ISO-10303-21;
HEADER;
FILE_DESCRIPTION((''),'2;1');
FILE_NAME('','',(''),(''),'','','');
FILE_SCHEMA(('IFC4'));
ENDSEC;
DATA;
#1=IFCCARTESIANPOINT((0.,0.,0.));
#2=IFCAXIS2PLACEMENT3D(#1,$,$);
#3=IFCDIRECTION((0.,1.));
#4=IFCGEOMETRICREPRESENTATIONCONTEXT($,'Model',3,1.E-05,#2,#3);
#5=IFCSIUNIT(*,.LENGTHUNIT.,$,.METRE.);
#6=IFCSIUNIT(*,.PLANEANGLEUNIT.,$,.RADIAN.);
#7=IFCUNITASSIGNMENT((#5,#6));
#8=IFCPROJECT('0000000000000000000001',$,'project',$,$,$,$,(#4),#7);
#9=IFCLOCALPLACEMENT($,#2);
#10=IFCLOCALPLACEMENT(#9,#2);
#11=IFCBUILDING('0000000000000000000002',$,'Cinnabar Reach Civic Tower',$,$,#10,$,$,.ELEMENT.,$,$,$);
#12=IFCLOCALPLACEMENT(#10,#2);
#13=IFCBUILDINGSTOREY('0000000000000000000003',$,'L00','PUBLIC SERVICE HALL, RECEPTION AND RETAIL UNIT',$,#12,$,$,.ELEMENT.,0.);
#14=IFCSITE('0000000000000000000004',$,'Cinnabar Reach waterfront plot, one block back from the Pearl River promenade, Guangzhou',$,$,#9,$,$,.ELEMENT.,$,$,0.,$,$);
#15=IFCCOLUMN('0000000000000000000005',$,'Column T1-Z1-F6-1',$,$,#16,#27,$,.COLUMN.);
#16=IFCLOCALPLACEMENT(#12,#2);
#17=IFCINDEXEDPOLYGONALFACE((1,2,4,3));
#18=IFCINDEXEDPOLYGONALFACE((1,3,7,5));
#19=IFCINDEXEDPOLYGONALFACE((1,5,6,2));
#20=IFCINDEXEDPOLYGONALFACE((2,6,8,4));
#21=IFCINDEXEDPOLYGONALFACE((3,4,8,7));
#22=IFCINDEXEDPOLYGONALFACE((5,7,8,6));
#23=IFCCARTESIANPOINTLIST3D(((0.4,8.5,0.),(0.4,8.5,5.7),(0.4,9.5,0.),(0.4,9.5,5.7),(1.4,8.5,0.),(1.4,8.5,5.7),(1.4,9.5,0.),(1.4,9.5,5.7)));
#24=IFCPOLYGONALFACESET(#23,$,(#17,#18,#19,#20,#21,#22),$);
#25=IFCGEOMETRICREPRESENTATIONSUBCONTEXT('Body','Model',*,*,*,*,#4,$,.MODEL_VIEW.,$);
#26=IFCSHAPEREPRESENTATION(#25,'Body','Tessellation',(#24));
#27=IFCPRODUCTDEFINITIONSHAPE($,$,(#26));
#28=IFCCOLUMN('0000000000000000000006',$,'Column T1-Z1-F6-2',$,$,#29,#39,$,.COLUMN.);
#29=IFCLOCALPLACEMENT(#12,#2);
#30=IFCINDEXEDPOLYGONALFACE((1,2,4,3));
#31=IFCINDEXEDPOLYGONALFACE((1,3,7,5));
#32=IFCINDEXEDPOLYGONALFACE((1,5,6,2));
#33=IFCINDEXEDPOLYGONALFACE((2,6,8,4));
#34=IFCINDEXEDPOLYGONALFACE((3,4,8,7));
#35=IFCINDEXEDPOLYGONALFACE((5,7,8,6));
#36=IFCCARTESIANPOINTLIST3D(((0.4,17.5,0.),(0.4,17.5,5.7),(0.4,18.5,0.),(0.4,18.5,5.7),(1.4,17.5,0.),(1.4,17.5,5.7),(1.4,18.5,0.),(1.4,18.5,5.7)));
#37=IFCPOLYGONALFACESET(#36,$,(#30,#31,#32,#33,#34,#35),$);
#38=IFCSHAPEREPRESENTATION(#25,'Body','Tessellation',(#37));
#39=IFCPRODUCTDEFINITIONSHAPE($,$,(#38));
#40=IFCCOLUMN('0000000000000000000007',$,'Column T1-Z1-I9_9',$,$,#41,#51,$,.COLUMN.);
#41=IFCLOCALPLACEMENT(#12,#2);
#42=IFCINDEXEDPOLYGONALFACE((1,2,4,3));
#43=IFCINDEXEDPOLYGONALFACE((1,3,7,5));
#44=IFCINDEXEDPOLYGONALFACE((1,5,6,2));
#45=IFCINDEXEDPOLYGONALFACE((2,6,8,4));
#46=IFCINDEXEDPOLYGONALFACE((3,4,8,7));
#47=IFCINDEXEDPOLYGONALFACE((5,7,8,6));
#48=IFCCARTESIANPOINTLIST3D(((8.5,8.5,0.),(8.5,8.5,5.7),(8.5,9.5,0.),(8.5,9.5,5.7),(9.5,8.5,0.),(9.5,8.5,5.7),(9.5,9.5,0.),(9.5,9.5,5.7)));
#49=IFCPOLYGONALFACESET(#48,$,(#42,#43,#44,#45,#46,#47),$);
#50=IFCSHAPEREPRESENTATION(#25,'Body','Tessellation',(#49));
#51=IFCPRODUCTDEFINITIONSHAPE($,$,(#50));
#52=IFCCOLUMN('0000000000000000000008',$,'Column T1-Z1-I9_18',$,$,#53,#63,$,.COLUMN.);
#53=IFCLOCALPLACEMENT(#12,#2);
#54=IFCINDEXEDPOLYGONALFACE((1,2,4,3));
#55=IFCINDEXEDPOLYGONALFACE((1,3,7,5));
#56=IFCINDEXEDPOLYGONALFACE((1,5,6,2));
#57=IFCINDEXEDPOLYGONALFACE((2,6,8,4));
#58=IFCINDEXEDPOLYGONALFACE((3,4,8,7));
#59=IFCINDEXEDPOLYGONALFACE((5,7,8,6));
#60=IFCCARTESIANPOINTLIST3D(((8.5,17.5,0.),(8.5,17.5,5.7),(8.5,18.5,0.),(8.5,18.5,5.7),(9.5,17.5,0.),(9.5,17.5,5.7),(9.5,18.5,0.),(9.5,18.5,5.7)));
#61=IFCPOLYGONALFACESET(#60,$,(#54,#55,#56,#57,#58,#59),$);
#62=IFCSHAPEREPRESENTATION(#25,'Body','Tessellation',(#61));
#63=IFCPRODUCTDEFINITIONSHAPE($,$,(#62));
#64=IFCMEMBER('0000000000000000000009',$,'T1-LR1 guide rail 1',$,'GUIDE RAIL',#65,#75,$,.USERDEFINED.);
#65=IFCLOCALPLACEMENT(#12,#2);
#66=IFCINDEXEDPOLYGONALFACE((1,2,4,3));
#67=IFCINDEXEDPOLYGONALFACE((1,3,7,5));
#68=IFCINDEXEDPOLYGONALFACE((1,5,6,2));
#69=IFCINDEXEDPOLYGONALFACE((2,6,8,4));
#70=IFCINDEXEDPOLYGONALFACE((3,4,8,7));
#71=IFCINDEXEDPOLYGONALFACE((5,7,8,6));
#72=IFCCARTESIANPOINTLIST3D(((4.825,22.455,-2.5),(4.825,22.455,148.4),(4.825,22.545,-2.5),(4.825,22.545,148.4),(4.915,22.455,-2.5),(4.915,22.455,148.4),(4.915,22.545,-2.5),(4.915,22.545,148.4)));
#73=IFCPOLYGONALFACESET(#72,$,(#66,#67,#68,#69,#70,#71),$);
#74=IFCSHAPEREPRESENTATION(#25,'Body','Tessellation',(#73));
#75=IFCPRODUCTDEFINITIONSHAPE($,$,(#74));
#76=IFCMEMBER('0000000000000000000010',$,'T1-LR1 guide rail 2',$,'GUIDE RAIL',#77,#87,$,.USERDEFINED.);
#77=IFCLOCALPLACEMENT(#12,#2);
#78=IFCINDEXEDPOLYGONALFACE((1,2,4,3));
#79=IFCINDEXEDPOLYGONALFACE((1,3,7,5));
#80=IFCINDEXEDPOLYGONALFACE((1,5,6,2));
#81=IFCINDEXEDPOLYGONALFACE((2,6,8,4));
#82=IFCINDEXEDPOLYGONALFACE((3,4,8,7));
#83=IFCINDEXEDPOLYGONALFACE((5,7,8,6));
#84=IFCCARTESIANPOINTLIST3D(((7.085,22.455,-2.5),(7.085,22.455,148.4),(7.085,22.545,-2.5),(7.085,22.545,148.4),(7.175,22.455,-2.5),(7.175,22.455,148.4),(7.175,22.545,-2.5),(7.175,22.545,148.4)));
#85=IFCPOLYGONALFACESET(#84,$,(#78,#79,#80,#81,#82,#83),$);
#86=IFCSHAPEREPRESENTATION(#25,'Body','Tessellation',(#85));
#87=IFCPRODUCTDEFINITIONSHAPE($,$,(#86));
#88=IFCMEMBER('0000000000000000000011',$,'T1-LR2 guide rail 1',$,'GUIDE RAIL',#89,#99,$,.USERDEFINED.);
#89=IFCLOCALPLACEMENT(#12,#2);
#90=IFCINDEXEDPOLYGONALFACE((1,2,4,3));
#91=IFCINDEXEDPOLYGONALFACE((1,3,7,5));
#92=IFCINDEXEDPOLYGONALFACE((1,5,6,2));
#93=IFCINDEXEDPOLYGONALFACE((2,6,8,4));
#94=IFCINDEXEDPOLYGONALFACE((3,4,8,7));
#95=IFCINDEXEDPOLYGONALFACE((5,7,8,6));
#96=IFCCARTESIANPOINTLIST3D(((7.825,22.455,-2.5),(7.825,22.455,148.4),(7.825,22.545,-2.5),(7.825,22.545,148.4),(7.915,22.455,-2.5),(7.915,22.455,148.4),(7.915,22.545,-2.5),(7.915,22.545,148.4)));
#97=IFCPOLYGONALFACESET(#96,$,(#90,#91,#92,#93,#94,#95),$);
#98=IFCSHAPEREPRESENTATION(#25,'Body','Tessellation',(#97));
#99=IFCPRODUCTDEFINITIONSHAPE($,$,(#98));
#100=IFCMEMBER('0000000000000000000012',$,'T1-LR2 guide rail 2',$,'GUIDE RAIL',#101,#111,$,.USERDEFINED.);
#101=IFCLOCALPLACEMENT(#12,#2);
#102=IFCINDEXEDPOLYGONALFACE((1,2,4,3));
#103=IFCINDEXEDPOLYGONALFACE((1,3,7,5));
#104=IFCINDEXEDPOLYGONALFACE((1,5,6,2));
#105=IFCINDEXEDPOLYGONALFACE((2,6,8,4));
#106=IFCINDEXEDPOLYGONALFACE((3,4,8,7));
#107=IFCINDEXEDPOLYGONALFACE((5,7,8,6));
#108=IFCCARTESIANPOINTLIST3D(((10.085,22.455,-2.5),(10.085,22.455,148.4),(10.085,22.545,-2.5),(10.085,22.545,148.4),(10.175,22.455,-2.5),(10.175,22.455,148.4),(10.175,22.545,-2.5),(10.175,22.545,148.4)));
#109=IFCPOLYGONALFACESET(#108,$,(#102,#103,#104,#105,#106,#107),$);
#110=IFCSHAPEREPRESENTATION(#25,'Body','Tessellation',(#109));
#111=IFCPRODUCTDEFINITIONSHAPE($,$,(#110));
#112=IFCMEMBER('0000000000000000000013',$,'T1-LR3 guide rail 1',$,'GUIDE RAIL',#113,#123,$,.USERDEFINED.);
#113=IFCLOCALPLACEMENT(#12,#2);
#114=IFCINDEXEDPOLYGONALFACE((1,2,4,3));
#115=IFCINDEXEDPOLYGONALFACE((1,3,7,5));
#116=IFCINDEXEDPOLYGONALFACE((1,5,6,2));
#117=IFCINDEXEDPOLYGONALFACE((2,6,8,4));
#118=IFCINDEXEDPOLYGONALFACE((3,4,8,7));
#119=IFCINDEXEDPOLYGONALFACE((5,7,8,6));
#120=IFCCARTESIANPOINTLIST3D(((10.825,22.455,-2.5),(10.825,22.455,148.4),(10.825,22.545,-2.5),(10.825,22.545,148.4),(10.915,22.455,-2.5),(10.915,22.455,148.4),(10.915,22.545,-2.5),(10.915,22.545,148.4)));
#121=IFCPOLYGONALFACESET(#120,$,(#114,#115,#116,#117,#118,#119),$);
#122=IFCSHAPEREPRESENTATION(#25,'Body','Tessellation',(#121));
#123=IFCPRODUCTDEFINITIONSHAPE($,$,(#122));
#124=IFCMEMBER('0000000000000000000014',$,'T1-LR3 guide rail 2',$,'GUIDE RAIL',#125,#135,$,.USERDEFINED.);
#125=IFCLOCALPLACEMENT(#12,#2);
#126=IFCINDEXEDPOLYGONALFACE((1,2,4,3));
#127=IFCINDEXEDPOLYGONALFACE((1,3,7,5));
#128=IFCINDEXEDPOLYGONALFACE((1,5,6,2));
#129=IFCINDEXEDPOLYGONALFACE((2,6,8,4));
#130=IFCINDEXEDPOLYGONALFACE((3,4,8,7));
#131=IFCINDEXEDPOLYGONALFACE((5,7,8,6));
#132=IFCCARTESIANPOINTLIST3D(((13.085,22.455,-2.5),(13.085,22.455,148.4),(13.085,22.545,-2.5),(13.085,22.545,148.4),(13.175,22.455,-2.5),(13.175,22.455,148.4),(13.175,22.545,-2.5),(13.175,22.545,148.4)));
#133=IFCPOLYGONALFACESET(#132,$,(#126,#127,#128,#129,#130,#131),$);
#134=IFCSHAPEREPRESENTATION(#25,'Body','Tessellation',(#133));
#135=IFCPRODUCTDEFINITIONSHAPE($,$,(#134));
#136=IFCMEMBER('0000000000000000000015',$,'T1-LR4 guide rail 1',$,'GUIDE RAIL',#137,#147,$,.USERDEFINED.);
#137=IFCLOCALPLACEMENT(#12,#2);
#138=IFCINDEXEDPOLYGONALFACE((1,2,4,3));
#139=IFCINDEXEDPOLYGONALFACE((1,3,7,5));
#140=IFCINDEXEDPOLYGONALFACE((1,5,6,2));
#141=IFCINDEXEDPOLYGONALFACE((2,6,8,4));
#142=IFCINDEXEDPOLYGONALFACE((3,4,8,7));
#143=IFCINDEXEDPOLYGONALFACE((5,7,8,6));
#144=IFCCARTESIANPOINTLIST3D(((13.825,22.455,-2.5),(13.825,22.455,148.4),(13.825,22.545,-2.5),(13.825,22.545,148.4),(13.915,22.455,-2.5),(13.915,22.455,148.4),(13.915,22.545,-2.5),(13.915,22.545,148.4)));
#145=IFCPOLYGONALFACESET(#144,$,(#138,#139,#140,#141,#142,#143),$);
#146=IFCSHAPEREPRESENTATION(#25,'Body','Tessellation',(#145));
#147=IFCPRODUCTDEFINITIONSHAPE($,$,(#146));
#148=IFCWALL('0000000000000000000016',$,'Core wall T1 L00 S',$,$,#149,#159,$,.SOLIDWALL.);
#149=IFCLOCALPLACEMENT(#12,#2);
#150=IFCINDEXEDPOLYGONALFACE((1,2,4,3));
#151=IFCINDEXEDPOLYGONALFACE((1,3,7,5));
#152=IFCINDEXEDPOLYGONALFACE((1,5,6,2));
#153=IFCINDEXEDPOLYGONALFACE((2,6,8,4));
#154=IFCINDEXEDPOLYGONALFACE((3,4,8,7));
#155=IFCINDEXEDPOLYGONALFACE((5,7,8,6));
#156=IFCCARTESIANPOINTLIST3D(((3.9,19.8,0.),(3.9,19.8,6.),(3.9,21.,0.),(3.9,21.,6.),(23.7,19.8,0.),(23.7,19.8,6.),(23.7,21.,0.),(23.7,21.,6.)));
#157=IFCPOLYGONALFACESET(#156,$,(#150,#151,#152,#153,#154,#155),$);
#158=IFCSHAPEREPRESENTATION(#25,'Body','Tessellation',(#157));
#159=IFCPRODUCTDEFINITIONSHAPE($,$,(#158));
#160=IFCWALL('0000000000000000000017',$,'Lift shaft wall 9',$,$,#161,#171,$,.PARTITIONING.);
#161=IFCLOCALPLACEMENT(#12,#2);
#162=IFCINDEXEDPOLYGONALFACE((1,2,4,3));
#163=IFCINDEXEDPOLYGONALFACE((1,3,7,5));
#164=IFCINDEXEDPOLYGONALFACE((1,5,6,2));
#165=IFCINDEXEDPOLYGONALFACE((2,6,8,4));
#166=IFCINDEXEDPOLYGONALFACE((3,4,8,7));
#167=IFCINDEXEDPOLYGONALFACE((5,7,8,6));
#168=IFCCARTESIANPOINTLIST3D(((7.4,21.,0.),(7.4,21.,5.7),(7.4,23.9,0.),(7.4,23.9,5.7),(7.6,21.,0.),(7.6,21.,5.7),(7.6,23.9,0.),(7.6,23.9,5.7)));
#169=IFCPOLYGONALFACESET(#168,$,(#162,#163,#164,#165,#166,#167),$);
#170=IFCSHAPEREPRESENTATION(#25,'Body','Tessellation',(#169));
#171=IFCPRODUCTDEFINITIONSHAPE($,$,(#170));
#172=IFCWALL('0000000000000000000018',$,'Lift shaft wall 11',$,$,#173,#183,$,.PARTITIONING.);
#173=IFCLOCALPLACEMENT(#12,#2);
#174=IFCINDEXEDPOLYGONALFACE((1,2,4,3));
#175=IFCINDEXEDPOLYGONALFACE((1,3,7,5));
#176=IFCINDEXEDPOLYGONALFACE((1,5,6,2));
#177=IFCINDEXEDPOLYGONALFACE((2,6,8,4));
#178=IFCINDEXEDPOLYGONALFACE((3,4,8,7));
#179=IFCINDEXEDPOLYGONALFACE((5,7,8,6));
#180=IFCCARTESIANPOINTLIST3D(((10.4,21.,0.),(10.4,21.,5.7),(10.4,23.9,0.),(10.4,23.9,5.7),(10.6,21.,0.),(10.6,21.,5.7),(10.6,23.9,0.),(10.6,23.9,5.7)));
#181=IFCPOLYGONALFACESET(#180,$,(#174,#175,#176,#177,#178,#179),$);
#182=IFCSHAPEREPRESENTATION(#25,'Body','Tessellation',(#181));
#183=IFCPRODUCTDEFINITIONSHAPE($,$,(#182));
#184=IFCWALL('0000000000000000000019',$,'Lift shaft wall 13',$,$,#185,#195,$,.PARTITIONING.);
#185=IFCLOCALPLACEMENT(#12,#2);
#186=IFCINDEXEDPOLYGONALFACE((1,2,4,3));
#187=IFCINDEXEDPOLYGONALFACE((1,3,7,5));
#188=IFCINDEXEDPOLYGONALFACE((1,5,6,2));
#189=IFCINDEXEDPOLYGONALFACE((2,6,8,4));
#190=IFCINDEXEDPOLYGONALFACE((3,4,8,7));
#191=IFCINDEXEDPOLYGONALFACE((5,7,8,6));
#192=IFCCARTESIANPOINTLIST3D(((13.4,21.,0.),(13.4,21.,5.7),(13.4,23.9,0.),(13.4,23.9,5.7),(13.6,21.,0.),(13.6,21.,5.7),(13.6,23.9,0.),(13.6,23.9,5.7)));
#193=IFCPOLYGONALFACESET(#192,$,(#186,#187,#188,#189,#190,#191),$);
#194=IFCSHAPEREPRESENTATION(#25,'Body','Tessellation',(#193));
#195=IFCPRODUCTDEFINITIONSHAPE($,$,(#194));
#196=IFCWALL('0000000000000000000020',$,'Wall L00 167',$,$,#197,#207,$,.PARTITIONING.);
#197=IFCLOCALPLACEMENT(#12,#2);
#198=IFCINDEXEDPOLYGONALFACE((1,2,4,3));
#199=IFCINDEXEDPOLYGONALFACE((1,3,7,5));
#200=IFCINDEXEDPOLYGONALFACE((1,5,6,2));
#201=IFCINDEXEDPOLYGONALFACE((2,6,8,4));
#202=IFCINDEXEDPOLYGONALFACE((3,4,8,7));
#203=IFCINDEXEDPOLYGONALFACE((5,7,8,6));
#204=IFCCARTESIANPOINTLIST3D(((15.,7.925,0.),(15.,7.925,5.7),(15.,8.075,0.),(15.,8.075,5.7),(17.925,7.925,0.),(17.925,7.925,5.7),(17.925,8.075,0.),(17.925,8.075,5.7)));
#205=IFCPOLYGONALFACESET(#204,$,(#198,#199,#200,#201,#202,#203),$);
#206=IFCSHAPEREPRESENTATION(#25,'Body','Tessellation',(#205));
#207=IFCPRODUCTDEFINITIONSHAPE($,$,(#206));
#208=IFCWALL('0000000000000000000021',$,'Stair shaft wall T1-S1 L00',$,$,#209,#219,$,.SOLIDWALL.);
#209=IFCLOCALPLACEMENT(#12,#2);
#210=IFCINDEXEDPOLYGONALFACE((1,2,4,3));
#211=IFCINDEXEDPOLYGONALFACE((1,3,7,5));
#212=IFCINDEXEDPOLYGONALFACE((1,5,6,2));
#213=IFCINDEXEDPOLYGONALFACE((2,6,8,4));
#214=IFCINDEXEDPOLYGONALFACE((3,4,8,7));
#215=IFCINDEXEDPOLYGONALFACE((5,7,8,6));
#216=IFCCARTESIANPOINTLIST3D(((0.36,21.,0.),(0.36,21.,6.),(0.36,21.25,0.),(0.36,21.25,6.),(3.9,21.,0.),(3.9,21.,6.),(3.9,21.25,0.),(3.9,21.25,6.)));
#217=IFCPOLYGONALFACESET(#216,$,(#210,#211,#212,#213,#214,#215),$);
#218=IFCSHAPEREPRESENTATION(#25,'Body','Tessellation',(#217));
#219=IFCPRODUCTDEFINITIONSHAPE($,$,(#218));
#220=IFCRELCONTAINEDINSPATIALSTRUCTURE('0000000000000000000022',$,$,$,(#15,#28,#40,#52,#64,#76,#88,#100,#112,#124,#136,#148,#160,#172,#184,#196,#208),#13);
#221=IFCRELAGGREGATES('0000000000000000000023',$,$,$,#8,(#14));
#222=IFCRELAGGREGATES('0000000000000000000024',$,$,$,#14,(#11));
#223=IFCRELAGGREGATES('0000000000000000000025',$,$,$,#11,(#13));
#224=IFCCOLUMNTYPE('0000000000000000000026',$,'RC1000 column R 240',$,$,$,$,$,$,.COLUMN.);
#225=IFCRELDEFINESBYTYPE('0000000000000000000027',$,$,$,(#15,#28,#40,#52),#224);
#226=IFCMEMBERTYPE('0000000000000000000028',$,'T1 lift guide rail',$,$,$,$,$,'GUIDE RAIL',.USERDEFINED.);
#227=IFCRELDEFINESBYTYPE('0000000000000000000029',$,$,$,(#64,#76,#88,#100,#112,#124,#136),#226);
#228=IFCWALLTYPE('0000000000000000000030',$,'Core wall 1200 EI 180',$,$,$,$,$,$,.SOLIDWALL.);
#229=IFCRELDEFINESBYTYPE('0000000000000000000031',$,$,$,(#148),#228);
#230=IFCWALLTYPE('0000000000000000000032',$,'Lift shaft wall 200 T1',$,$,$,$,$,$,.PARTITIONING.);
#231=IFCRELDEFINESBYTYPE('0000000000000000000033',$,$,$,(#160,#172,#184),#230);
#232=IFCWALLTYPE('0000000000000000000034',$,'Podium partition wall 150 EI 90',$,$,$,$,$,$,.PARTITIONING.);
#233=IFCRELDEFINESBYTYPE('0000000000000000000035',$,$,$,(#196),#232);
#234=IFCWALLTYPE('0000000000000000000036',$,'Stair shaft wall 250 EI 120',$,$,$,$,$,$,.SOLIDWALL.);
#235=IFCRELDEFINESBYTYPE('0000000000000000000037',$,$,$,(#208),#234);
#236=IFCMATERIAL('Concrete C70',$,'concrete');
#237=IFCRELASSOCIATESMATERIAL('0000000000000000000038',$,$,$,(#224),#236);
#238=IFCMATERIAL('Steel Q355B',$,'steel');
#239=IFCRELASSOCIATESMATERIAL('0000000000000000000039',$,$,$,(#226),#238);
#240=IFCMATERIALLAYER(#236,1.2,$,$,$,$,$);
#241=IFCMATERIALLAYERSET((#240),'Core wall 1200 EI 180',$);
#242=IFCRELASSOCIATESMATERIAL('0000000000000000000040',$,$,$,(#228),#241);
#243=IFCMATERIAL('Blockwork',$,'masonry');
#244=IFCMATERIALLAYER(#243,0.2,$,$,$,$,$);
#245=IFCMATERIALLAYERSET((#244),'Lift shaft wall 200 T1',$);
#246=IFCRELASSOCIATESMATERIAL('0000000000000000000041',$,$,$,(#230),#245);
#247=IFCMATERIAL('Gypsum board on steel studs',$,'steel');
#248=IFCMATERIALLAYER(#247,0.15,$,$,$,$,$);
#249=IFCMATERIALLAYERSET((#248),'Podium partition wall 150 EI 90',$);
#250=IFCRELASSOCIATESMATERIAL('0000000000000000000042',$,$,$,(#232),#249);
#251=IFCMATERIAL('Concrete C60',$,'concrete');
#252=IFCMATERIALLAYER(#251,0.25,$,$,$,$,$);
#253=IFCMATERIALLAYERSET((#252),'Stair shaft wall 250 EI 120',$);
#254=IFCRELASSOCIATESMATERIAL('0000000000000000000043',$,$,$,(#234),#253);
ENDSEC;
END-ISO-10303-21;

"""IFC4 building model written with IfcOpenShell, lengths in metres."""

from ifc_helpers import new_model, si_unit, direction, frame, frame_2d, origin, origin_2d, place, context, subcontext, project, spatial, rectangle, extrude, material, layer, layer_set, material_profile, profile_set, type_object, element, save


model = new_model("IFC4")

# Units and contexts
model_context = context("Model", 3, precision=1e-05, world=origin(), true_north=direction((0.0, 1.0)))
body_context = subcontext(model_context, "Body", "Model", "MODEL_VIEW")
ifc_project = project(units=[si_unit("LENGTHUNIT", "METRE"), si_unit("PLANEANGLEUNIT", "RADIAN")], contexts=[model_context])

# Site, building, storey
site_placement = place(None, origin())
site = spatial("IfcSite", under=ifc_project, at=site_placement, Name="Cinnabar Reach waterfront plot, one block back from the Pearl River promenade, Guangzhou", CompositionType="ELEMENT", RefElevation=0.0)
building_placement = place(site_placement, origin())
building = spatial("IfcBuilding", under=site, at=building_placement, Name="Cinnabar Reach Civic Tower", CompositionType="ELEMENT")
storey_placement = place(building_placement, origin())
storey = spatial("IfcBuildingStorey", under=building, at=storey_placement, Name="L00", Description="PUBLIC SERVICE HALL, RECEPTION AND RETAIL UNIT", CompositionType="ELEMENT", Elevation=0.0)

# Columns
ifc_material_1 = material(Name="Concrete C70", Category="concrete")
ifc_material_profile_1 = material_profile(ifc_material_1, rectangle(XDim=1.0, YDim=1.0, at=origin_2d()), Name="RC1000")
ifc_profile_set_1 = profile_set([ifc_material_profile_1], Name="Concrete C70")
column_type = type_object("IfcColumnType", Name="RC1000 column R 240", PredefinedType="COLUMN", material=ifc_profile_set_1)
for number, where, z_axis, x_axis, name in (
    (1, (0.9, 9.0, 0.0), (0.0, 0.0, 1.0), (1.0, 0.0, 0.0), "Column T1-Z1-F6-1"),
    (2, (0.9, 18.0, 0.0), (0.0, 0.0, 1.0), (1.0, 0.0, 0.0), "Column T1-Z1-F6-2"),
    (3, (9.0, 9.0, 0.0), (0.0, 0.0, 1.0), (1.0, 0.0, 0.0), "Column T1-Z1-I9_9"),
    (4, (9.0, 18.0, 0.0), (0.0, 0.0, 1.0), (1.0, 0.0, 0.0), "Column T1-Z1-I9_18"),
):
    element("IfcColumn", number, at=place(storey_placement, frame(where, z_axis=z_axis, x_axis=x_axis)), inside=storey, type_object=column_type, Name=name, PredefinedType="COLUMN", context=body_context, shape_type="SweptSolid", body=[
        extrude(rectangle(XDim=1.0, YDim=1.0, at=origin_2d()), origin(), (0.0, 0.0, 1.0), 5.7),
    ])

# Members
ifc_material_2 = material(Name="Steel Q355B", Category="steel")
ifc_material_profile_2 = material_profile(ifc_material_2, rectangle(XDim=0.09, YDim=0.09, at=origin_2d()), Name="T1 lift guide rail")
ifc_profile_set_2 = profile_set([ifc_material_profile_2], Name="Steel Q355B")
member_type = type_object("IfcMemberType", Name="T1 lift guide rail", ElementType="GUIDE RAIL", PredefinedType="USERDEFINED", material=ifc_profile_set_2)
for number, where, z_axis, x_axis, name in (
    (5, (4.87, 22.5, -2.5), (0.0, 0.0, 1.0), (1.0, 0.0, 0.0), "T1-LR1 guide rail 1"),
    (6, (7.13, 22.5, -2.5), (0.0, 0.0, 1.0), (1.0, 0.0, 0.0), "T1-LR1 guide rail 2"),
    (7, (7.87, 22.5, -2.5), (0.0, 0.0, 1.0), (1.0, 0.0, 0.0), "T1-LR2 guide rail 1"),
    (8, (10.13, 22.5, -2.5), (0.0, 0.0, 1.0), (1.0, 0.0, 0.0), "T1-LR2 guide rail 2"),
    (9, (10.87, 22.5, -2.5), (0.0, 0.0, 1.0), (1.0, 0.0, 0.0), "T1-LR3 guide rail 1"),
    (10, (13.13, 22.5, -2.5), (0.0, 0.0, 1.0), (1.0, 0.0, 0.0), "T1-LR3 guide rail 2"),
    (11, (13.87, 22.5, -2.5), (0.0, 0.0, 1.0), (1.0, 0.0, 0.0), "T1-LR4 guide rail 1"),
):
    element("IfcMember", number, at=place(storey_placement, frame(where, z_axis=z_axis, x_axis=x_axis)), inside=storey, type_object=member_type, Name=name, ObjectType="GUIDE RAIL", PredefinedType="USERDEFINED", context=body_context, shape_type="SweptSolid", body=[
        extrude(rectangle(XDim=0.09, YDim=0.09, at=origin_2d()), origin(), (0.0, 0.0, 1.0), 150.9),
    ])

# Walls
ifc_layer_1 = layer(ifc_material_1, 1.2)
ifc_layer_set_1 = layer_set([ifc_layer_1], Name="Core wall 1200 EI 180")
wall_type_1 = type_object("IfcWallType", Name="Core wall 1200 EI 180", PredefinedType="SOLIDWALL", material=ifc_layer_set_1)
wall_1_placement = place(storey_placement, frame((3.9, 20.4, 0.0), z_axis=(0.0, 0.0, 1.0), x_axis=(1.0, 0.0, 0.0)))
element("IfcWall", 12, at=wall_1_placement, inside=storey, type_object=wall_type_1, Name="Core wall T1 L00 S", PredefinedType="SOLIDWALL", context=body_context, shape_type="SweptSolid", body=[
    extrude(rectangle(XDim=19.8, YDim=1.2, at=frame_2d((9.9, 0.0))), origin(), (0.0, 0.0, 1.0), 6.0),
])
ifc_material_3 = material(Name="Blockwork", Category="masonry")
ifc_layer_2 = layer(ifc_material_3, 0.2)
ifc_layer_set_2 = layer_set([ifc_layer_2], Name="Lift shaft wall 200 T1")
wall_type_2 = type_object("IfcWallType", Name="Lift shaft wall 200 T1", PredefinedType="PARTITIONING", material=ifc_layer_set_2)
for number, where, z_axis, x_axis, name in (
    (13, (7.5, 21.0, 0.0), (0.0, 0.0, 1.0), (0.0, 1.0, 0.0), "Lift shaft wall 9"),
    (14, (10.5, 21.0, 0.0), (0.0, 0.0, 1.0), (0.0, 1.0, 0.0), "Lift shaft wall 11"),
    (15, (13.5, 21.0, 0.0), (0.0, 0.0, 1.0), (0.0, 1.0, 0.0), "Lift shaft wall 13"),
):
    element("IfcWall", number, at=place(storey_placement, frame(where, z_axis=z_axis, x_axis=x_axis)), inside=storey, type_object=wall_type_2, Name=name, PredefinedType="PARTITIONING", context=body_context, shape_type="SweptSolid", body=[
        extrude(rectangle(XDim=2.9, YDim=0.2, at=frame_2d((1.45, 0.0))), origin(), (0.0, 0.0, 1.0), 5.7),
    ])
ifc_material_4 = material(Name="Gypsum board on steel studs", Category="steel")
ifc_layer_3 = layer(ifc_material_4, 0.15)
ifc_layer_set_3 = layer_set([ifc_layer_3], Name="Podium partition wall 150 EI 90")
wall_type_3 = type_object("IfcWallType", Name="Podium partition wall 150 EI 90", PredefinedType="PARTITIONING", material=ifc_layer_set_3)
wall_2_placement = place(storey_placement, frame((15.0, 8.0, 0.0), z_axis=(0.0, 0.0, 1.0), x_axis=(1.0, 0.0, 0.0)))
element("IfcWall", 16, at=wall_2_placement, inside=storey, type_object=wall_type_3, Name="Wall L00 167", PredefinedType="PARTITIONING", context=body_context, shape_type="SweptSolid", body=[
    extrude(rectangle(XDim=2.925, YDim=0.15, at=frame_2d((1.4625, 0.0))), origin(), (0.0, 0.0, 1.0), 5.7),
])
ifc_material_5 = material(Name="Concrete C60", Category="concrete")
ifc_layer_4 = layer(ifc_material_5, 0.25)
ifc_layer_set_4 = layer_set([ifc_layer_4], Name="Stair shaft wall 250 EI 120")
wall_type_4 = type_object("IfcWallType", Name="Stair shaft wall 250 EI 120", PredefinedType="SOLIDWALL", material=ifc_layer_set_4)
wall_3_placement = place(storey_placement, frame((0.36, 21.125, 0.0), z_axis=(0.0, 0.0, 1.0), x_axis=(1.0, 0.0, 0.0)))
element("IfcWall", 17, at=wall_3_placement, inside=storey, type_object=wall_type_4, Name="Stair shaft wall T1-S1 L00", PredefinedType="SOLIDWALL", context=body_context, shape_type="SweptSolid", body=[
    extrude(rectangle(XDim=3.54, YDim=0.25, at=frame_2d((1.77, 0.0))), origin(), (0.0, 0.0, 1.0), 6.0),
])

save(model, "model.ifc")
